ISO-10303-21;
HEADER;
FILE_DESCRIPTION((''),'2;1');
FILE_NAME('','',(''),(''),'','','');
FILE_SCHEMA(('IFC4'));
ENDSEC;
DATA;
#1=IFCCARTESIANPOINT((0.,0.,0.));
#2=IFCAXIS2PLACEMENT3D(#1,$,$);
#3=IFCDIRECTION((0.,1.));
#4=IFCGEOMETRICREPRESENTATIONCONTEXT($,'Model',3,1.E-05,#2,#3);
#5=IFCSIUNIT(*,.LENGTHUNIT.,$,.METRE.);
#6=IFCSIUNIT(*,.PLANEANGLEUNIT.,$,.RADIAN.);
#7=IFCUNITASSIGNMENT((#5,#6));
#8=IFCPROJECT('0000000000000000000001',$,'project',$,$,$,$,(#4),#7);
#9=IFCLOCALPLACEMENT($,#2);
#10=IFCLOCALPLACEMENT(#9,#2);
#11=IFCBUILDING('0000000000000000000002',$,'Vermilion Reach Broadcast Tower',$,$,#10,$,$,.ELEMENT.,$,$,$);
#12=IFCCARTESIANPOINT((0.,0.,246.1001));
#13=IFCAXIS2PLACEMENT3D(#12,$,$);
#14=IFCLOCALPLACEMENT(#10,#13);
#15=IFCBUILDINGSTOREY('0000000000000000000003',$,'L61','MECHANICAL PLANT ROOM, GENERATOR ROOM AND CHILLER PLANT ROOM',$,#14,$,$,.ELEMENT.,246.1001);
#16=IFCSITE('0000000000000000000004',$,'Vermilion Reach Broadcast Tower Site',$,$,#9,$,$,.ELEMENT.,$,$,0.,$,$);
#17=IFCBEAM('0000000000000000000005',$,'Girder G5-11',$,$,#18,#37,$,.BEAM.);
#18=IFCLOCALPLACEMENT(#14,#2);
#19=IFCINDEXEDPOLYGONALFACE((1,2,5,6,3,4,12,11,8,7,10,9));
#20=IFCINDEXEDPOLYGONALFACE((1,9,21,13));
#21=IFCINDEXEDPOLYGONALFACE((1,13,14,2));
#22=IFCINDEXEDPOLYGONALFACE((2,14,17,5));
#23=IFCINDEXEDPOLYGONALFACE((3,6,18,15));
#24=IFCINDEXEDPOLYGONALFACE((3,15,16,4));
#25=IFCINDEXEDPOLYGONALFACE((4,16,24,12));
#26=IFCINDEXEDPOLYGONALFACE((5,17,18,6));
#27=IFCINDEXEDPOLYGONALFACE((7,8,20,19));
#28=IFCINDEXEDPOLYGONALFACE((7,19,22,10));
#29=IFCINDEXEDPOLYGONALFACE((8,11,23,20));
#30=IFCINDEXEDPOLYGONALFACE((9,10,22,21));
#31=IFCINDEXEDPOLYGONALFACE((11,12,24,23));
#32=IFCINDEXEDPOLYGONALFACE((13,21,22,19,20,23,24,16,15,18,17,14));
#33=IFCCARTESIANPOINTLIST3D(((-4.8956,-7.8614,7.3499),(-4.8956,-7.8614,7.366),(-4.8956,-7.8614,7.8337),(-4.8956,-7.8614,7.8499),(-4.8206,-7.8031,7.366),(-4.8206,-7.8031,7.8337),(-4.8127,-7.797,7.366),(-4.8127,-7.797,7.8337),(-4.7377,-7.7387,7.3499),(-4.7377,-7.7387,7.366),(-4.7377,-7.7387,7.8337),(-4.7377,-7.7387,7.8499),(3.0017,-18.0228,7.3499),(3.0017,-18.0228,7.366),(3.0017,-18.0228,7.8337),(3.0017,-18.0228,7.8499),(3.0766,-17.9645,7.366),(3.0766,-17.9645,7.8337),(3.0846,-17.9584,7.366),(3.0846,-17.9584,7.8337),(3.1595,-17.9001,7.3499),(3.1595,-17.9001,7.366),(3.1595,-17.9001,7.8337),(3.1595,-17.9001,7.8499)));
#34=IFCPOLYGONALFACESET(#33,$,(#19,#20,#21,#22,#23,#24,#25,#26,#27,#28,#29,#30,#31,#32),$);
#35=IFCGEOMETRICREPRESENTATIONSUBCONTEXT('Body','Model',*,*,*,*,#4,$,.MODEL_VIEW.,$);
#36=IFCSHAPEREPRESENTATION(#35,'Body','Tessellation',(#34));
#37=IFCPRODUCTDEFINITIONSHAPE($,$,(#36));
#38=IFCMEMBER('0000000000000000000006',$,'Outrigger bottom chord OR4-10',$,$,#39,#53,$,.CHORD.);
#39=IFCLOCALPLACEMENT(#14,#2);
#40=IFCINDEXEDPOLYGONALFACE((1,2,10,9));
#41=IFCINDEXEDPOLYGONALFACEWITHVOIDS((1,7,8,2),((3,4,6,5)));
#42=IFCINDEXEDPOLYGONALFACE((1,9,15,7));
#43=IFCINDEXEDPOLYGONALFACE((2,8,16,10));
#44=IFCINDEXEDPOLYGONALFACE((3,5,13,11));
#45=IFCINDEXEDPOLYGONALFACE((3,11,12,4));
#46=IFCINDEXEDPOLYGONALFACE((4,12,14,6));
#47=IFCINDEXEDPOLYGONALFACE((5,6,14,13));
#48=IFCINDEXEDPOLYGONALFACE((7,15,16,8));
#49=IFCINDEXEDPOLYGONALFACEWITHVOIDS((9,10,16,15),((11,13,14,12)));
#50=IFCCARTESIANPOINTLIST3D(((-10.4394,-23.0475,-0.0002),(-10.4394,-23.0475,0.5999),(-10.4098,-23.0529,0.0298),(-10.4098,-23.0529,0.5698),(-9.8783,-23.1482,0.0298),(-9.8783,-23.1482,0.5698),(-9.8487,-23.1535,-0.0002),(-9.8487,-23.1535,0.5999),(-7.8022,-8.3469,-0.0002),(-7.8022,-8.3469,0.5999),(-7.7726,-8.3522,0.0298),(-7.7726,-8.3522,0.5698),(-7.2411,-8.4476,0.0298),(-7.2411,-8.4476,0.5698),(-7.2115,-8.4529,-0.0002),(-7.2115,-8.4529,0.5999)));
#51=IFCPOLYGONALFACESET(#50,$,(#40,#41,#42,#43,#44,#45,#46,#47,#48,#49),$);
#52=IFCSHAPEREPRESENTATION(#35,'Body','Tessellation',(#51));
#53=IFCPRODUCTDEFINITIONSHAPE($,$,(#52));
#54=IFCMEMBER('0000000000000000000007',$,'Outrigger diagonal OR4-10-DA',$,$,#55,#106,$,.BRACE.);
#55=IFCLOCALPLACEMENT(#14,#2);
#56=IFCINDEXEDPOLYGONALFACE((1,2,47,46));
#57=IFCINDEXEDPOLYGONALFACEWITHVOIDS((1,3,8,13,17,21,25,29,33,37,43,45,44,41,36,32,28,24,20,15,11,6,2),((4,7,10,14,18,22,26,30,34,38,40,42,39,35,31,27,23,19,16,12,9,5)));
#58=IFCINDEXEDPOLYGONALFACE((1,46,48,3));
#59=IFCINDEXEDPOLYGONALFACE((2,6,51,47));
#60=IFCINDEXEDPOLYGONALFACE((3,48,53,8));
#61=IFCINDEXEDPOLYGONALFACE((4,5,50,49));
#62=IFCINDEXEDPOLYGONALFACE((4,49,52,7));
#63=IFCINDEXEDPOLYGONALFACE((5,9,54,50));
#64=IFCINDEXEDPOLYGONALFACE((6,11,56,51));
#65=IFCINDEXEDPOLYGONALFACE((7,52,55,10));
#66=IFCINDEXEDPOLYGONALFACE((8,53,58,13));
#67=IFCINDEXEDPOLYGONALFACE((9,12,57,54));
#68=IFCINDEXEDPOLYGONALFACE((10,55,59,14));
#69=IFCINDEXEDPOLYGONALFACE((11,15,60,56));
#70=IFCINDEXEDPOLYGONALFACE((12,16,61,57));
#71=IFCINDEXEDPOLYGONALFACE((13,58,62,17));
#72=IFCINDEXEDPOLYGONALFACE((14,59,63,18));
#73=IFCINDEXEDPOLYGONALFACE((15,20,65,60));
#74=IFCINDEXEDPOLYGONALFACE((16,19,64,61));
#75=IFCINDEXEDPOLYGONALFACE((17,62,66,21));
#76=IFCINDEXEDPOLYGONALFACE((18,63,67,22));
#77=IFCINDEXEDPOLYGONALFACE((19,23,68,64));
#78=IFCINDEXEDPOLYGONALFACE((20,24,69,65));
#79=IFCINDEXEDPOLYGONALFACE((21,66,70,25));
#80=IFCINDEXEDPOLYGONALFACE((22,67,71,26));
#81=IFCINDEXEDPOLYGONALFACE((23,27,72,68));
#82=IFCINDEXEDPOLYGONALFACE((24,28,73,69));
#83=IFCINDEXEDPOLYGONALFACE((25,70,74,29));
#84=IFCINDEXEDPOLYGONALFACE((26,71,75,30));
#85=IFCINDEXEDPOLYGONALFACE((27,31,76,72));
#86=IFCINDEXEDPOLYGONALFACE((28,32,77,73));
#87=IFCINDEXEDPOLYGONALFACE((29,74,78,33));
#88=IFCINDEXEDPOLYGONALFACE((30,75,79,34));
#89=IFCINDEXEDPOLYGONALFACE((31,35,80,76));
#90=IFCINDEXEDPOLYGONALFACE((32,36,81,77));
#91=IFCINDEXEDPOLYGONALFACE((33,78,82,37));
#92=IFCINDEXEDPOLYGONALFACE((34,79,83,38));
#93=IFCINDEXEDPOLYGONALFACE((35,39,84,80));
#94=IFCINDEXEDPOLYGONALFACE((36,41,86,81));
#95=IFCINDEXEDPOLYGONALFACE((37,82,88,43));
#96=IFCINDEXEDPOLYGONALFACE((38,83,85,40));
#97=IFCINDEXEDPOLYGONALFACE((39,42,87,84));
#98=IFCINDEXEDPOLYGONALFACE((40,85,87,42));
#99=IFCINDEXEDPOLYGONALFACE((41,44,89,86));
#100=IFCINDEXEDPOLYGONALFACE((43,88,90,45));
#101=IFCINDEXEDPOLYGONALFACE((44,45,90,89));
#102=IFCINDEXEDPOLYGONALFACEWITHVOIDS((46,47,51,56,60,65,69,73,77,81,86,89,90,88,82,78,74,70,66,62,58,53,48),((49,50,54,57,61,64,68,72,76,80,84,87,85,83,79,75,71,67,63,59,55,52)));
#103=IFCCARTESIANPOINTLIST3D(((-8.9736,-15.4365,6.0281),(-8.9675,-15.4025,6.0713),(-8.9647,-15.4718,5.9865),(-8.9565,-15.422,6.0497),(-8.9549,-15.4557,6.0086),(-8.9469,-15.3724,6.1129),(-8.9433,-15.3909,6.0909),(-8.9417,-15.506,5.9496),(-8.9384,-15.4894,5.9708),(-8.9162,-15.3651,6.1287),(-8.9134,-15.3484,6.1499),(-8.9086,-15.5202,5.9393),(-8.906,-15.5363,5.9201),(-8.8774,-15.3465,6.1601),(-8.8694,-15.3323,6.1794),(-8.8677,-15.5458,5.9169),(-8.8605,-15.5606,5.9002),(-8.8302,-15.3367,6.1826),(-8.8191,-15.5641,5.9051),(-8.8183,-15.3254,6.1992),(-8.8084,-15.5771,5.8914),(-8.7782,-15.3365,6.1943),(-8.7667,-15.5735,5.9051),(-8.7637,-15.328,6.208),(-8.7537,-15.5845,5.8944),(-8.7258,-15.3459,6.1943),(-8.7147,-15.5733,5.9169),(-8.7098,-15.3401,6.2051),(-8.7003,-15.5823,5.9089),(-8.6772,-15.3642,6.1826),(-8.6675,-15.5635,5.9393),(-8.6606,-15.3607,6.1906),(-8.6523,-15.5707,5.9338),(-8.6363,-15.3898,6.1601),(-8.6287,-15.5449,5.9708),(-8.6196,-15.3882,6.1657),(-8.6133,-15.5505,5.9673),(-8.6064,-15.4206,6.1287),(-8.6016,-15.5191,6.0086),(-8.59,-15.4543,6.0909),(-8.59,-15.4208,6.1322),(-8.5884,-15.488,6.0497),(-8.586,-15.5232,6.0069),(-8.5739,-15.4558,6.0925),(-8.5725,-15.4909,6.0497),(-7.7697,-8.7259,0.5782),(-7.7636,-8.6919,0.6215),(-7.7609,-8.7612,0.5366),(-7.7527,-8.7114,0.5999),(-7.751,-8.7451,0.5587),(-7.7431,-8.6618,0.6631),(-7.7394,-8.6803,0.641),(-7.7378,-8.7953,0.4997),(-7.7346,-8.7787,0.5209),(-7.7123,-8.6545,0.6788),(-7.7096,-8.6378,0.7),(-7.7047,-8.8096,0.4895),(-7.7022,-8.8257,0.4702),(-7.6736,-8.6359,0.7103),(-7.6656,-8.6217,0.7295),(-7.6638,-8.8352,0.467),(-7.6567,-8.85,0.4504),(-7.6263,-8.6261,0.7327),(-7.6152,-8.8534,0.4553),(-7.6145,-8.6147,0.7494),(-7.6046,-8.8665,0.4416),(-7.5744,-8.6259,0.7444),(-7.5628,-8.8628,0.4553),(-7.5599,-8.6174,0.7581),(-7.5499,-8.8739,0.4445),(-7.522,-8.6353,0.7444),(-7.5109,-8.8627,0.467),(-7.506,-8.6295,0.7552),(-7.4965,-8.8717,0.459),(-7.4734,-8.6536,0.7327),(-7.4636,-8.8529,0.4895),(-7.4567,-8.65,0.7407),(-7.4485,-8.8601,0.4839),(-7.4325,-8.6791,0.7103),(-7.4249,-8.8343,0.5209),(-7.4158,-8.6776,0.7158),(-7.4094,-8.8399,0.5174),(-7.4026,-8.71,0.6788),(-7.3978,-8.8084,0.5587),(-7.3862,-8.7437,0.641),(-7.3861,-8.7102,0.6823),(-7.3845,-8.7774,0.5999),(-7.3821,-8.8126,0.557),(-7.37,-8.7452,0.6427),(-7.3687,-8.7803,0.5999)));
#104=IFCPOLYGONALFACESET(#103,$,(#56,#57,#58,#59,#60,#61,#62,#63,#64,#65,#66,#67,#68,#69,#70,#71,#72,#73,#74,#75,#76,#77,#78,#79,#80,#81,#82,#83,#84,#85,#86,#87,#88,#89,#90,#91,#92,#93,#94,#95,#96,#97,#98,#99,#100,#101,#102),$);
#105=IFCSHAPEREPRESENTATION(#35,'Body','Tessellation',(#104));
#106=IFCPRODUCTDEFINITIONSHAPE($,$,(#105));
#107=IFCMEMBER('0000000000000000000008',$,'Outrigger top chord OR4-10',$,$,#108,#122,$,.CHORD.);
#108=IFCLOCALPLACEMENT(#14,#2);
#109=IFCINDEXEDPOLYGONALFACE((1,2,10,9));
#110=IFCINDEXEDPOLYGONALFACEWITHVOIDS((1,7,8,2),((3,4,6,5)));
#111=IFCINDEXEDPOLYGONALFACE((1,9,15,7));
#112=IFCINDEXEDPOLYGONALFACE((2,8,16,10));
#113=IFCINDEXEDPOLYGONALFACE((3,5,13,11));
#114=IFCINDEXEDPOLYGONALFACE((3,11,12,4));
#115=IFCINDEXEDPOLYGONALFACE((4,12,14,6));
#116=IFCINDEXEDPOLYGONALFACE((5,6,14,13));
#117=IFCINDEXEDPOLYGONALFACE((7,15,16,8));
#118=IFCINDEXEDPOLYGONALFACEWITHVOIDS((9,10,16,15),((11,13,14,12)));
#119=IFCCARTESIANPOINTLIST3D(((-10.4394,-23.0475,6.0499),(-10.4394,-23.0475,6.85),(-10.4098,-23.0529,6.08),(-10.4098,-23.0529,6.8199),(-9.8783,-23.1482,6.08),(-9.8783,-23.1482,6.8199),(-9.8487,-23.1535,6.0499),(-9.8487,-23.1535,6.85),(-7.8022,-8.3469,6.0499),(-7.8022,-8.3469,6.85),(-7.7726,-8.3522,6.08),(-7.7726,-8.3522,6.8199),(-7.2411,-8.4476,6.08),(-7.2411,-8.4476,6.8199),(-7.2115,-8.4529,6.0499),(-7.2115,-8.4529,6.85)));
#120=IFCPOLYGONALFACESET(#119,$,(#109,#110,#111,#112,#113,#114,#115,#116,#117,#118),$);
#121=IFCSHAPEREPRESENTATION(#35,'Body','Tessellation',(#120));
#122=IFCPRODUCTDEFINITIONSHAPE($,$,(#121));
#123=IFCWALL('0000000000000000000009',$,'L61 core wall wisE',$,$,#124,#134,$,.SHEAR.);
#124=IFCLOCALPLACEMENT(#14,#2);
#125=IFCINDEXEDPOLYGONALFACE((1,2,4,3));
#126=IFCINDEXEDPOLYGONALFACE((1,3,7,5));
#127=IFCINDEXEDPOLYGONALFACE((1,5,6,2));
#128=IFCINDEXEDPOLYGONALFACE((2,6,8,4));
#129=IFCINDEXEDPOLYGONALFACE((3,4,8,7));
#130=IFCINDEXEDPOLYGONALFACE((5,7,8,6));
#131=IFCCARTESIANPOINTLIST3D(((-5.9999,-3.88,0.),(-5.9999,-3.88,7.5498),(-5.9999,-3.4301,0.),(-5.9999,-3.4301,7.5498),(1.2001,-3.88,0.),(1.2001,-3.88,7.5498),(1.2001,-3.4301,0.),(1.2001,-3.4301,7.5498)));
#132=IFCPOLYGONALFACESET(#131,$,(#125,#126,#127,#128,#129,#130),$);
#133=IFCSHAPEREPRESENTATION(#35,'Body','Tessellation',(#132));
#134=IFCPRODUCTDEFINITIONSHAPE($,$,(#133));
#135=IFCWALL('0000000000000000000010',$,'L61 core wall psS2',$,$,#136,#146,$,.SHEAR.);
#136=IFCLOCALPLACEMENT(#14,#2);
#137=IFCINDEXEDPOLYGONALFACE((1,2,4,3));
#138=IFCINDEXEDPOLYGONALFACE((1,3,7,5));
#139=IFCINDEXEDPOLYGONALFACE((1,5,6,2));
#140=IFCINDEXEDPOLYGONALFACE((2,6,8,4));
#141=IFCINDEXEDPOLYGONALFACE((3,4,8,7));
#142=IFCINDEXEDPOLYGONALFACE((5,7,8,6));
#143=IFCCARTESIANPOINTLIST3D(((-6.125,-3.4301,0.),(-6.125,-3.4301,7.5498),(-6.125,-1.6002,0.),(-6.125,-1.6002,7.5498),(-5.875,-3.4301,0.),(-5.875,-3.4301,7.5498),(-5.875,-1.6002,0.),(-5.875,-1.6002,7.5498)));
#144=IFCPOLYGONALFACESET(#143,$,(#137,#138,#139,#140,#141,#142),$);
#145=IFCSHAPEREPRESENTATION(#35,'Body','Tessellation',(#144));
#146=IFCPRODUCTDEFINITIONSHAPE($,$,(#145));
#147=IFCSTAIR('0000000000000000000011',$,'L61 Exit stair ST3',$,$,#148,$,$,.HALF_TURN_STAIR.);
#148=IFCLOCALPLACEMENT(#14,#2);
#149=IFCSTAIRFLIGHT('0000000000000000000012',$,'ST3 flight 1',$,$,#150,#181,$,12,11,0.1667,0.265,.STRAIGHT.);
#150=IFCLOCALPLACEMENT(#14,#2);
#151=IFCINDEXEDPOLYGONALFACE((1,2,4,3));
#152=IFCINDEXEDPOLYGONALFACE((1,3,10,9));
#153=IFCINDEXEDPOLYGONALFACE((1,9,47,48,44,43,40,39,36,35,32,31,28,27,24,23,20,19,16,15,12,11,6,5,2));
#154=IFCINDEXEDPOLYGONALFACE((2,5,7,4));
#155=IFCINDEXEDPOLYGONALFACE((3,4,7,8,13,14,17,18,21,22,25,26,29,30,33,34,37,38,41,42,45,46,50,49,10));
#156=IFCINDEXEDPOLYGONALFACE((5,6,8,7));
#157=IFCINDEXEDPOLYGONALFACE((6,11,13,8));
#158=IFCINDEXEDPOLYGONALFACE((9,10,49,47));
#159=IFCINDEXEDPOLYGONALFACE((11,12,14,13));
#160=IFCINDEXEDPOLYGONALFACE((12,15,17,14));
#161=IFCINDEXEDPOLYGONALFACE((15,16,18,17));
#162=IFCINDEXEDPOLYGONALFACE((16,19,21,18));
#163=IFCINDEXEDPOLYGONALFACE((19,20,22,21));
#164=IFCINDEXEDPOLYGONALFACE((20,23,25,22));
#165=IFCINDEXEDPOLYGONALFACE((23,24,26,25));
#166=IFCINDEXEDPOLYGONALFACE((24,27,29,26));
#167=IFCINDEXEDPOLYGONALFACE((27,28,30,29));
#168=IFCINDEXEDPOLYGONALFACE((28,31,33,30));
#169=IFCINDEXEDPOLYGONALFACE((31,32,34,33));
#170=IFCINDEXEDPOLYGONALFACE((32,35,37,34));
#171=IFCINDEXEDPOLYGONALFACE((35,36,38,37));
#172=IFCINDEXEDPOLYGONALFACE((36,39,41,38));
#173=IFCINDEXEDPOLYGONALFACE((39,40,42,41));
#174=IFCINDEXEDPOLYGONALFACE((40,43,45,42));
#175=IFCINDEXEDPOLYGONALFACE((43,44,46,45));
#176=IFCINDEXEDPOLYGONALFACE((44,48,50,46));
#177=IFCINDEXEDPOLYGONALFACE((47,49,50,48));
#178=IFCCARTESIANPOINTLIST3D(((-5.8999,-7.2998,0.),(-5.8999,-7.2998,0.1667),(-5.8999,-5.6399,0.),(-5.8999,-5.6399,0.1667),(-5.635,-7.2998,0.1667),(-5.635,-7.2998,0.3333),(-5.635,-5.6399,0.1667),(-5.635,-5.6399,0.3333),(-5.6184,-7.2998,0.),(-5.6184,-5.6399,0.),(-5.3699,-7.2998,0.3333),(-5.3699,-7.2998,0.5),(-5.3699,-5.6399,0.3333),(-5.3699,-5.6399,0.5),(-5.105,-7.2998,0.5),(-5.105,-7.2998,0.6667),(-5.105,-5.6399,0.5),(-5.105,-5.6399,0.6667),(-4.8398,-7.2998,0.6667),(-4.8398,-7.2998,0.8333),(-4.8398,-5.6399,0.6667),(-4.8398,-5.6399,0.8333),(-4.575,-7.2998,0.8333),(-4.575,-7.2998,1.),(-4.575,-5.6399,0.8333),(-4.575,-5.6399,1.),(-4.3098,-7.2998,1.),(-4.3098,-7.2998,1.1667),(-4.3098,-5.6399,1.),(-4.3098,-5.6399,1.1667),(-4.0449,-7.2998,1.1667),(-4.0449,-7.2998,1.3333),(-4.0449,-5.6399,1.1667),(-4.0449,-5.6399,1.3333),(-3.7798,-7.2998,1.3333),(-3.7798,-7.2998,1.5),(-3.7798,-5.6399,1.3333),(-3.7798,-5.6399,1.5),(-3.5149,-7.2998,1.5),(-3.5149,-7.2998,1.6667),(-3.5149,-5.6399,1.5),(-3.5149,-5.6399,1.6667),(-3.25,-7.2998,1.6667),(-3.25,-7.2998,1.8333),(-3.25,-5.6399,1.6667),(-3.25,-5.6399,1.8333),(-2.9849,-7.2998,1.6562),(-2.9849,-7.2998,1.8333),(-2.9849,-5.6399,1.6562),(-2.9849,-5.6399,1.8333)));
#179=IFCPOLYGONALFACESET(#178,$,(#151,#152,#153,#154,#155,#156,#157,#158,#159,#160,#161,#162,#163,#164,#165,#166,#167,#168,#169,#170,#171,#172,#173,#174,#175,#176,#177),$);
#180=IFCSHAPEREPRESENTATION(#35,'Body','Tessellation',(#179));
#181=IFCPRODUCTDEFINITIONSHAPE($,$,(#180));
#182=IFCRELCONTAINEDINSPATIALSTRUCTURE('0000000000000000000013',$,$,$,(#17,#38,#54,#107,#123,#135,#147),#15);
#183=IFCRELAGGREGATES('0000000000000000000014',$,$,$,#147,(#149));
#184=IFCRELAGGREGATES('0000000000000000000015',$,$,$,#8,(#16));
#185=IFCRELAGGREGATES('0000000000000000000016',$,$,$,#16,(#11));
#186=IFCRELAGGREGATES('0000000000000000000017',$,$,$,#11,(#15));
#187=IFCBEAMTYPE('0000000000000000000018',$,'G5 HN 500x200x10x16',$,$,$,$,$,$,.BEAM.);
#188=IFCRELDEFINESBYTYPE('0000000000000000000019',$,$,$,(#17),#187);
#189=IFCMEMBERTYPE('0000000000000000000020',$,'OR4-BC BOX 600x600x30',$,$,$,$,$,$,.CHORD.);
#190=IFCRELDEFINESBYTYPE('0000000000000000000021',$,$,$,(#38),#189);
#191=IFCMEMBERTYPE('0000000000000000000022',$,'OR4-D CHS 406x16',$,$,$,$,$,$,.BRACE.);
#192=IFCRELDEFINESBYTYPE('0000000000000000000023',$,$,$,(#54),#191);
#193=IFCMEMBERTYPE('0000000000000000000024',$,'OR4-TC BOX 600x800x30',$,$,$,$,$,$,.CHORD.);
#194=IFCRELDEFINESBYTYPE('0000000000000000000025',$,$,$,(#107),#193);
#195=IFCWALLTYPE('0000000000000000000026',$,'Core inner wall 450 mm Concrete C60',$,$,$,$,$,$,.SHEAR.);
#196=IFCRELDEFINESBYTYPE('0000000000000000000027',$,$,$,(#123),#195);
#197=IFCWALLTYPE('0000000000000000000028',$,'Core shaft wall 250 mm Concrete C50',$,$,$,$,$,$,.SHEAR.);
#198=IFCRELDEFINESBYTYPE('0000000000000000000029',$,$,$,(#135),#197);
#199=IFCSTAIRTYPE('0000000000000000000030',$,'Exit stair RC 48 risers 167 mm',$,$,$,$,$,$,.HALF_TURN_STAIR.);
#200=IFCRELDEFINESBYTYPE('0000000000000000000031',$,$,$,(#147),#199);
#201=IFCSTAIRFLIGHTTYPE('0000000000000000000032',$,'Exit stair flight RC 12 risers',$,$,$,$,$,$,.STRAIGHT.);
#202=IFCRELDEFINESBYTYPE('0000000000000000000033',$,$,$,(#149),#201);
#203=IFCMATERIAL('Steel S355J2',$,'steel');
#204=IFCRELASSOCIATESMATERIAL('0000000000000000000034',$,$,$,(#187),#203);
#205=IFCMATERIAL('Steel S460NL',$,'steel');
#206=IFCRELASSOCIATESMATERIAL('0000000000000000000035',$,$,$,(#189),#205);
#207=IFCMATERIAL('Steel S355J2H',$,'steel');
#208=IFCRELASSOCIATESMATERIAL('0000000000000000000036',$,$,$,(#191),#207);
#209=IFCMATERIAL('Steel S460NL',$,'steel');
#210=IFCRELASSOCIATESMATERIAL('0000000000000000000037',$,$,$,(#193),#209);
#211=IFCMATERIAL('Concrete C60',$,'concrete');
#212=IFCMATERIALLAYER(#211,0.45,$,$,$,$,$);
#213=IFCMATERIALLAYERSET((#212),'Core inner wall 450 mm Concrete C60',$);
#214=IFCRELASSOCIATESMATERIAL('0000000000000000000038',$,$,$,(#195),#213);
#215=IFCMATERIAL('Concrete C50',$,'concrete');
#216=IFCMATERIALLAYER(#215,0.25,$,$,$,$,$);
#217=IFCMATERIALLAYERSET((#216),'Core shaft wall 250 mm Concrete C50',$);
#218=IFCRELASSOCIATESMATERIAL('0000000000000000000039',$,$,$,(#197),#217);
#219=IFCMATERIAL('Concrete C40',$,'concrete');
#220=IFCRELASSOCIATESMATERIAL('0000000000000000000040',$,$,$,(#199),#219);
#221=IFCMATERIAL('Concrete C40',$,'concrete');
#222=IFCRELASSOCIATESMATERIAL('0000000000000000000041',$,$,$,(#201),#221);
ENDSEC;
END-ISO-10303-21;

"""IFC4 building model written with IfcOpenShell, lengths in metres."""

from ifc_helpers import new_model, si_unit, direction, frame, frame_2d, origin, origin_2d, place, context, subcontext, project, spatial, polyline, rectangle, hollow_rectangle, hollow_circle, i_section, outline, extrude, material, layer, layer_set, material_profile, profile_set, type_object, element, aggregate, save


model = new_model("IFC4")

# Units and contexts
model_context = context("Model", 3, precision=1e-05, world=origin(), true_north=direction((0.0, 1.0)))
body_context = subcontext(model_context, "Body", "Model", "MODEL_VIEW")
ifc_project = project(units=[si_unit("LENGTHUNIT", "METRE"), si_unit("PLANEANGLEUNIT", "RADIAN")], contexts=[model_context])

# Site, building, storey
site_placement = place(None, origin())
site = spatial("IfcSite", under=ifc_project, at=site_placement, Name="Vermilion Reach Broadcast Tower Site", CompositionType="ELEMENT", RefElevation=0.0)
building_placement = place(site_placement, origin())
building = spatial("IfcBuilding", under=site, at=building_placement, Name="Vermilion Reach Broadcast Tower", CompositionType="ELEMENT")
storey_placement = place(building_placement, frame((0.0, 0.0, 246.1001)))
storey = spatial("IfcBuildingStorey", under=building, at=storey_placement, Name="L61", Description="MECHANICAL PLANT ROOM, GENERATOR ROOM AND CHILLER PLANT ROOM", CompositionType="ELEMENT", Elevation=246.1001)

# Beam
ifc_material_1 = material(Name="Steel S355J2", Category="steel")
ifc_material_profile_1 = material_profile(ifc_material_1, i_section(OverallWidth=0.2, OverallDepth=0.5, WebThickness=0.01, FlangeThickness=0.0161, at=origin_2d()), Name="S355J2 HN 500x200x10x16")
ifc_profile_set_1 = profile_set([ifc_material_profile_1], Name="Steel S355J2")
beam_type = type_object("IfcBeamType", Name="G5 HN 500x200x10x16", PredefinedType="BEAM", material=ifc_profile_set_1)
beam_placement = place(storey_placement, frame((-4.8167, -7.8, 7.5999), z_axis=(0.613646, -0.789581, 0.0), x_axis=(0.789581, 0.613646, 0.0)))
element("IfcBeam", 1, at=beam_placement, inside=storey, type_object=beam_type, Name="Girder G5-11", PredefinedType="BEAM", context=body_context, shape_type="SweptSolid", body=[
    extrude(i_section(OverallWidth=0.2, OverallDepth=0.5, WebThickness=0.01, FlangeThickness=0.0161, at=origin_2d()), origin(), (0.0, 0.0, 1.0), 12.8694),
])

# Members
ifc_material_2 = material(Name="Steel S460NL", Category="steel")
ifc_material_profile_2 = material_profile(ifc_material_2, hollow_rectangle(XDim=0.6001, YDim=0.6001, WallThickness=0.03, at=origin_2d()), Name="S460NL BOX 600x600x30")
ifc_profile_set_2 = profile_set([ifc_material_profile_2], Name="Steel S460NL")
member_type_1 = type_object("IfcMemberType", Name="OR4-BC BOX 600x600x30", PredefinedType="CHORD", material=ifc_profile_set_2)
member_1_placement = place(storey_placement, frame((-7.5068, -8.3999, 0.2998), z_axis=(-0.176575, -0.984287, 0.0), x_axis=(0.984287, -0.176575, 0.0)))
element("IfcMember", 2, at=member_1_placement, inside=storey, type_object=member_type_1, Name="Outrigger bottom chord OR4-10", PredefinedType="CHORD", context=body_context, shape_type="SweptSolid", body=[
    extrude(hollow_rectangle(XDim=0.6001, YDim=0.6001, WallThickness=0.03, at=origin_2d()), origin(), (0.0, 0.0, 1.0), 14.9353),
])
ifc_material_3 = material(Name="Steel S355J2H", Category="steel")
ifc_material_profile_3 = material_profile(ifc_material_3, hollow_circle(Radius=0.2031, WallThickness=0.0161, at=origin_2d()), Name="S355J2H CHS 406x16")
ifc_profile_set_3 = profile_set([ifc_material_profile_3], Name="Steel S355J2H")
member_type_2 = type_object("IfcMemberType", Name="OR4-D CHS 406x16", PredefinedType="BRACE", material=ifc_profile_set_3)
member_2_placement = place(storey_placement, frame((-7.5686, -8.7444, 0.5999), z_axis=(-0.137924, -0.768836, 0.624394), x_axis=(0.984287, -0.176575, 0.0)))
element("IfcMember", 3, at=member_2_placement, inside=storey, type_object=member_type_2, Name="Outrigger diagonal OR4-10-DA", PredefinedType="BRACE", context=body_context, shape_type="SweptSolid", body=[
    extrude(hollow_circle(Radius=0.2031, WallThickness=0.0161, at=origin_2d()), origin(), (0.0, 0.0, 1.0), 8.7283),
])
ifc_material_4 = material(Name="Steel S460NL", Category="steel")
ifc_material_profile_4 = material_profile(ifc_material_4, hollow_rectangle(XDim=0.6001, YDim=0.8, WallThickness=0.03, at=origin_2d()), Name="S460NL BOX 600x800x30")
ifc_profile_set_4 = profile_set([ifc_material_profile_4], Name="Steel S460NL")
member_type_3 = type_object("IfcMemberType", Name="OR4-TC BOX 600x800x30", PredefinedType="CHORD", material=ifc_profile_set_4)
member_3_placement = place(storey_placement, frame((-7.5068, -8.3999, 6.45), z_axis=(-0.176575, -0.984287, 0.0), x_axis=(0.984287, -0.176575, 0.0)))
element("IfcMember", 4, at=member_3_placement, inside=storey, type_object=member_type_3, Name="Outrigger top chord OR4-10", PredefinedType="CHORD", context=body_context, shape_type="SweptSolid", body=[
    extrude(hollow_rectangle(XDim=0.6001, YDim=0.8, WallThickness=0.03, at=origin_2d()), origin(), (0.0, 0.0, 1.0), 14.9353),
])

# Walls
ifc_material_5 = material(Name="Concrete C60", Category="concrete")
ifc_layer_1 = layer(ifc_material_5, 0.45)
ifc_layer_set_1 = layer_set([ifc_layer_1], Name="Core inner wall 450 mm Concrete C60")
wall_type_1 = type_object("IfcWallType", Name="Core inner wall 450 mm Concrete C60", PredefinedType="SHEAR", material=ifc_layer_set_1)
wall_1_placement = place(storey_placement, frame((-6.0, -3.655, 0.0), z_axis=(0.0, 0.0, 1.0), x_axis=(1.0, 0.0, 0.0)))
element("IfcWall", 5, at=wall_1_placement, inside=storey, type_object=wall_type_1, Name="L61 core wall wisE", PredefinedType="SHEAR", context=body_context, shape_type="SweptSolid", body=[
    extrude(rectangle(XDim=7.2, YDim=0.45, at=frame_2d((3.6001, 0.0))), origin(), (0.0, 0.0, 1.0), 7.5498),
])
ifc_material_6 = material(Name="Concrete C50", Category="concrete")
ifc_layer_2 = layer(ifc_material_6, 0.25)
ifc_layer_set_2 = layer_set([ifc_layer_2], Name="Core shaft wall 250 mm Concrete C50")
wall_type_2 = type_object("IfcWallType", Name="Core shaft wall 250 mm Concrete C50", PredefinedType="SHEAR", material=ifc_layer_set_2)
wall_2_placement = place(storey_placement, frame((-6.0, -1.6001, 0.0), z_axis=(0.0, 0.0, 1.0), x_axis=(0.0, -1.0, 0.0)))
element("IfcWall", 6, at=wall_2_placement, inside=storey, type_object=wall_type_2, Name="L61 core wall psS2", PredefinedType="SHEAR", context=body_context, shape_type="SweptSolid", body=[
    extrude(rectangle(XDim=1.8298, YDim=0.25, at=frame_2d((0.915, 0.0))), origin(), (0.0, 0.0, 1.0), 7.5498),
])

# Stair, stair flight
ifc_material_7 = material(Name="Concrete C40", Category="concrete")
stair_type = type_object("IfcStairType", Name="Exit stair RC 48 risers 167 mm", PredefinedType="HALF_TURN_STAIR", material=ifc_material_7)
stair_placement = place(storey_placement, origin())
stair = element("IfcStair", 7, at=stair_placement, inside=storey, type_object=stair_type, Name="L61 Exit stair ST3", PredefinedType="HALF_TURN_STAIR")
ifc_material_8 = material(Name="Concrete C40", Category="concrete")
stair_flight_type = type_object("IfcStairFlightType", Name="Exit stair flight RC 12 risers", PredefinedType="STRAIGHT", material=ifc_material_8)
stair_flight_1_placement = place(storey_placement, frame((-5.8999, -6.47, 0.0), z_axis=(0.0, 0.0, 1.0), x_axis=(1.0, 0.0, 0.0)))
stair_flight_1 = element("IfcStairFlight", 8, at=stair_flight_1_placement, type_object=stair_flight_type, Name="ST3 flight 1", NumberOfRisers=12, NumberOfTreads=11, PredefinedType="STRAIGHT", RiserHeight=0.1667, TreadLength=0.265, context=body_context, shape_type="SweptSolid", body=[
    extrude(outline(polyline([(0.0, 0.0), (0.0, 0.1667), (0.2649, 0.1667), (0.2649, 0.3333), (0.53, 0.3333), (0.53, 0.5), (0.7949, 0.5), (0.7949, 0.6667), (1.0601, 0.6667), (1.0601, 0.8333), (1.325, 0.8333), (1.325, 1.0), (1.5901, 1.0), (1.5901, 1.1667), (1.855, 1.1667), (1.855, 1.3333), (2.1201, 1.3333), (2.1201, 1.5), (2.385, 1.5), (2.385, 1.6667), (2.6499, 1.6667), (2.6499, 1.8333), (2.915, 1.8333), (2.915, 2.0), (2.915, 1.6562), (0.2815, 0.0), (0.0, 0.0)])), frame((0.0, 0.8301, 0.0), z_axis=(0.0, -1.0, 0.0), x_axis=(1.0, 0.0, 0.0)), (0.0, 0.0, 1.0), 1.6599),
])
aggregate(stair, [stair_flight_1])

save(model, "model.ifc")
